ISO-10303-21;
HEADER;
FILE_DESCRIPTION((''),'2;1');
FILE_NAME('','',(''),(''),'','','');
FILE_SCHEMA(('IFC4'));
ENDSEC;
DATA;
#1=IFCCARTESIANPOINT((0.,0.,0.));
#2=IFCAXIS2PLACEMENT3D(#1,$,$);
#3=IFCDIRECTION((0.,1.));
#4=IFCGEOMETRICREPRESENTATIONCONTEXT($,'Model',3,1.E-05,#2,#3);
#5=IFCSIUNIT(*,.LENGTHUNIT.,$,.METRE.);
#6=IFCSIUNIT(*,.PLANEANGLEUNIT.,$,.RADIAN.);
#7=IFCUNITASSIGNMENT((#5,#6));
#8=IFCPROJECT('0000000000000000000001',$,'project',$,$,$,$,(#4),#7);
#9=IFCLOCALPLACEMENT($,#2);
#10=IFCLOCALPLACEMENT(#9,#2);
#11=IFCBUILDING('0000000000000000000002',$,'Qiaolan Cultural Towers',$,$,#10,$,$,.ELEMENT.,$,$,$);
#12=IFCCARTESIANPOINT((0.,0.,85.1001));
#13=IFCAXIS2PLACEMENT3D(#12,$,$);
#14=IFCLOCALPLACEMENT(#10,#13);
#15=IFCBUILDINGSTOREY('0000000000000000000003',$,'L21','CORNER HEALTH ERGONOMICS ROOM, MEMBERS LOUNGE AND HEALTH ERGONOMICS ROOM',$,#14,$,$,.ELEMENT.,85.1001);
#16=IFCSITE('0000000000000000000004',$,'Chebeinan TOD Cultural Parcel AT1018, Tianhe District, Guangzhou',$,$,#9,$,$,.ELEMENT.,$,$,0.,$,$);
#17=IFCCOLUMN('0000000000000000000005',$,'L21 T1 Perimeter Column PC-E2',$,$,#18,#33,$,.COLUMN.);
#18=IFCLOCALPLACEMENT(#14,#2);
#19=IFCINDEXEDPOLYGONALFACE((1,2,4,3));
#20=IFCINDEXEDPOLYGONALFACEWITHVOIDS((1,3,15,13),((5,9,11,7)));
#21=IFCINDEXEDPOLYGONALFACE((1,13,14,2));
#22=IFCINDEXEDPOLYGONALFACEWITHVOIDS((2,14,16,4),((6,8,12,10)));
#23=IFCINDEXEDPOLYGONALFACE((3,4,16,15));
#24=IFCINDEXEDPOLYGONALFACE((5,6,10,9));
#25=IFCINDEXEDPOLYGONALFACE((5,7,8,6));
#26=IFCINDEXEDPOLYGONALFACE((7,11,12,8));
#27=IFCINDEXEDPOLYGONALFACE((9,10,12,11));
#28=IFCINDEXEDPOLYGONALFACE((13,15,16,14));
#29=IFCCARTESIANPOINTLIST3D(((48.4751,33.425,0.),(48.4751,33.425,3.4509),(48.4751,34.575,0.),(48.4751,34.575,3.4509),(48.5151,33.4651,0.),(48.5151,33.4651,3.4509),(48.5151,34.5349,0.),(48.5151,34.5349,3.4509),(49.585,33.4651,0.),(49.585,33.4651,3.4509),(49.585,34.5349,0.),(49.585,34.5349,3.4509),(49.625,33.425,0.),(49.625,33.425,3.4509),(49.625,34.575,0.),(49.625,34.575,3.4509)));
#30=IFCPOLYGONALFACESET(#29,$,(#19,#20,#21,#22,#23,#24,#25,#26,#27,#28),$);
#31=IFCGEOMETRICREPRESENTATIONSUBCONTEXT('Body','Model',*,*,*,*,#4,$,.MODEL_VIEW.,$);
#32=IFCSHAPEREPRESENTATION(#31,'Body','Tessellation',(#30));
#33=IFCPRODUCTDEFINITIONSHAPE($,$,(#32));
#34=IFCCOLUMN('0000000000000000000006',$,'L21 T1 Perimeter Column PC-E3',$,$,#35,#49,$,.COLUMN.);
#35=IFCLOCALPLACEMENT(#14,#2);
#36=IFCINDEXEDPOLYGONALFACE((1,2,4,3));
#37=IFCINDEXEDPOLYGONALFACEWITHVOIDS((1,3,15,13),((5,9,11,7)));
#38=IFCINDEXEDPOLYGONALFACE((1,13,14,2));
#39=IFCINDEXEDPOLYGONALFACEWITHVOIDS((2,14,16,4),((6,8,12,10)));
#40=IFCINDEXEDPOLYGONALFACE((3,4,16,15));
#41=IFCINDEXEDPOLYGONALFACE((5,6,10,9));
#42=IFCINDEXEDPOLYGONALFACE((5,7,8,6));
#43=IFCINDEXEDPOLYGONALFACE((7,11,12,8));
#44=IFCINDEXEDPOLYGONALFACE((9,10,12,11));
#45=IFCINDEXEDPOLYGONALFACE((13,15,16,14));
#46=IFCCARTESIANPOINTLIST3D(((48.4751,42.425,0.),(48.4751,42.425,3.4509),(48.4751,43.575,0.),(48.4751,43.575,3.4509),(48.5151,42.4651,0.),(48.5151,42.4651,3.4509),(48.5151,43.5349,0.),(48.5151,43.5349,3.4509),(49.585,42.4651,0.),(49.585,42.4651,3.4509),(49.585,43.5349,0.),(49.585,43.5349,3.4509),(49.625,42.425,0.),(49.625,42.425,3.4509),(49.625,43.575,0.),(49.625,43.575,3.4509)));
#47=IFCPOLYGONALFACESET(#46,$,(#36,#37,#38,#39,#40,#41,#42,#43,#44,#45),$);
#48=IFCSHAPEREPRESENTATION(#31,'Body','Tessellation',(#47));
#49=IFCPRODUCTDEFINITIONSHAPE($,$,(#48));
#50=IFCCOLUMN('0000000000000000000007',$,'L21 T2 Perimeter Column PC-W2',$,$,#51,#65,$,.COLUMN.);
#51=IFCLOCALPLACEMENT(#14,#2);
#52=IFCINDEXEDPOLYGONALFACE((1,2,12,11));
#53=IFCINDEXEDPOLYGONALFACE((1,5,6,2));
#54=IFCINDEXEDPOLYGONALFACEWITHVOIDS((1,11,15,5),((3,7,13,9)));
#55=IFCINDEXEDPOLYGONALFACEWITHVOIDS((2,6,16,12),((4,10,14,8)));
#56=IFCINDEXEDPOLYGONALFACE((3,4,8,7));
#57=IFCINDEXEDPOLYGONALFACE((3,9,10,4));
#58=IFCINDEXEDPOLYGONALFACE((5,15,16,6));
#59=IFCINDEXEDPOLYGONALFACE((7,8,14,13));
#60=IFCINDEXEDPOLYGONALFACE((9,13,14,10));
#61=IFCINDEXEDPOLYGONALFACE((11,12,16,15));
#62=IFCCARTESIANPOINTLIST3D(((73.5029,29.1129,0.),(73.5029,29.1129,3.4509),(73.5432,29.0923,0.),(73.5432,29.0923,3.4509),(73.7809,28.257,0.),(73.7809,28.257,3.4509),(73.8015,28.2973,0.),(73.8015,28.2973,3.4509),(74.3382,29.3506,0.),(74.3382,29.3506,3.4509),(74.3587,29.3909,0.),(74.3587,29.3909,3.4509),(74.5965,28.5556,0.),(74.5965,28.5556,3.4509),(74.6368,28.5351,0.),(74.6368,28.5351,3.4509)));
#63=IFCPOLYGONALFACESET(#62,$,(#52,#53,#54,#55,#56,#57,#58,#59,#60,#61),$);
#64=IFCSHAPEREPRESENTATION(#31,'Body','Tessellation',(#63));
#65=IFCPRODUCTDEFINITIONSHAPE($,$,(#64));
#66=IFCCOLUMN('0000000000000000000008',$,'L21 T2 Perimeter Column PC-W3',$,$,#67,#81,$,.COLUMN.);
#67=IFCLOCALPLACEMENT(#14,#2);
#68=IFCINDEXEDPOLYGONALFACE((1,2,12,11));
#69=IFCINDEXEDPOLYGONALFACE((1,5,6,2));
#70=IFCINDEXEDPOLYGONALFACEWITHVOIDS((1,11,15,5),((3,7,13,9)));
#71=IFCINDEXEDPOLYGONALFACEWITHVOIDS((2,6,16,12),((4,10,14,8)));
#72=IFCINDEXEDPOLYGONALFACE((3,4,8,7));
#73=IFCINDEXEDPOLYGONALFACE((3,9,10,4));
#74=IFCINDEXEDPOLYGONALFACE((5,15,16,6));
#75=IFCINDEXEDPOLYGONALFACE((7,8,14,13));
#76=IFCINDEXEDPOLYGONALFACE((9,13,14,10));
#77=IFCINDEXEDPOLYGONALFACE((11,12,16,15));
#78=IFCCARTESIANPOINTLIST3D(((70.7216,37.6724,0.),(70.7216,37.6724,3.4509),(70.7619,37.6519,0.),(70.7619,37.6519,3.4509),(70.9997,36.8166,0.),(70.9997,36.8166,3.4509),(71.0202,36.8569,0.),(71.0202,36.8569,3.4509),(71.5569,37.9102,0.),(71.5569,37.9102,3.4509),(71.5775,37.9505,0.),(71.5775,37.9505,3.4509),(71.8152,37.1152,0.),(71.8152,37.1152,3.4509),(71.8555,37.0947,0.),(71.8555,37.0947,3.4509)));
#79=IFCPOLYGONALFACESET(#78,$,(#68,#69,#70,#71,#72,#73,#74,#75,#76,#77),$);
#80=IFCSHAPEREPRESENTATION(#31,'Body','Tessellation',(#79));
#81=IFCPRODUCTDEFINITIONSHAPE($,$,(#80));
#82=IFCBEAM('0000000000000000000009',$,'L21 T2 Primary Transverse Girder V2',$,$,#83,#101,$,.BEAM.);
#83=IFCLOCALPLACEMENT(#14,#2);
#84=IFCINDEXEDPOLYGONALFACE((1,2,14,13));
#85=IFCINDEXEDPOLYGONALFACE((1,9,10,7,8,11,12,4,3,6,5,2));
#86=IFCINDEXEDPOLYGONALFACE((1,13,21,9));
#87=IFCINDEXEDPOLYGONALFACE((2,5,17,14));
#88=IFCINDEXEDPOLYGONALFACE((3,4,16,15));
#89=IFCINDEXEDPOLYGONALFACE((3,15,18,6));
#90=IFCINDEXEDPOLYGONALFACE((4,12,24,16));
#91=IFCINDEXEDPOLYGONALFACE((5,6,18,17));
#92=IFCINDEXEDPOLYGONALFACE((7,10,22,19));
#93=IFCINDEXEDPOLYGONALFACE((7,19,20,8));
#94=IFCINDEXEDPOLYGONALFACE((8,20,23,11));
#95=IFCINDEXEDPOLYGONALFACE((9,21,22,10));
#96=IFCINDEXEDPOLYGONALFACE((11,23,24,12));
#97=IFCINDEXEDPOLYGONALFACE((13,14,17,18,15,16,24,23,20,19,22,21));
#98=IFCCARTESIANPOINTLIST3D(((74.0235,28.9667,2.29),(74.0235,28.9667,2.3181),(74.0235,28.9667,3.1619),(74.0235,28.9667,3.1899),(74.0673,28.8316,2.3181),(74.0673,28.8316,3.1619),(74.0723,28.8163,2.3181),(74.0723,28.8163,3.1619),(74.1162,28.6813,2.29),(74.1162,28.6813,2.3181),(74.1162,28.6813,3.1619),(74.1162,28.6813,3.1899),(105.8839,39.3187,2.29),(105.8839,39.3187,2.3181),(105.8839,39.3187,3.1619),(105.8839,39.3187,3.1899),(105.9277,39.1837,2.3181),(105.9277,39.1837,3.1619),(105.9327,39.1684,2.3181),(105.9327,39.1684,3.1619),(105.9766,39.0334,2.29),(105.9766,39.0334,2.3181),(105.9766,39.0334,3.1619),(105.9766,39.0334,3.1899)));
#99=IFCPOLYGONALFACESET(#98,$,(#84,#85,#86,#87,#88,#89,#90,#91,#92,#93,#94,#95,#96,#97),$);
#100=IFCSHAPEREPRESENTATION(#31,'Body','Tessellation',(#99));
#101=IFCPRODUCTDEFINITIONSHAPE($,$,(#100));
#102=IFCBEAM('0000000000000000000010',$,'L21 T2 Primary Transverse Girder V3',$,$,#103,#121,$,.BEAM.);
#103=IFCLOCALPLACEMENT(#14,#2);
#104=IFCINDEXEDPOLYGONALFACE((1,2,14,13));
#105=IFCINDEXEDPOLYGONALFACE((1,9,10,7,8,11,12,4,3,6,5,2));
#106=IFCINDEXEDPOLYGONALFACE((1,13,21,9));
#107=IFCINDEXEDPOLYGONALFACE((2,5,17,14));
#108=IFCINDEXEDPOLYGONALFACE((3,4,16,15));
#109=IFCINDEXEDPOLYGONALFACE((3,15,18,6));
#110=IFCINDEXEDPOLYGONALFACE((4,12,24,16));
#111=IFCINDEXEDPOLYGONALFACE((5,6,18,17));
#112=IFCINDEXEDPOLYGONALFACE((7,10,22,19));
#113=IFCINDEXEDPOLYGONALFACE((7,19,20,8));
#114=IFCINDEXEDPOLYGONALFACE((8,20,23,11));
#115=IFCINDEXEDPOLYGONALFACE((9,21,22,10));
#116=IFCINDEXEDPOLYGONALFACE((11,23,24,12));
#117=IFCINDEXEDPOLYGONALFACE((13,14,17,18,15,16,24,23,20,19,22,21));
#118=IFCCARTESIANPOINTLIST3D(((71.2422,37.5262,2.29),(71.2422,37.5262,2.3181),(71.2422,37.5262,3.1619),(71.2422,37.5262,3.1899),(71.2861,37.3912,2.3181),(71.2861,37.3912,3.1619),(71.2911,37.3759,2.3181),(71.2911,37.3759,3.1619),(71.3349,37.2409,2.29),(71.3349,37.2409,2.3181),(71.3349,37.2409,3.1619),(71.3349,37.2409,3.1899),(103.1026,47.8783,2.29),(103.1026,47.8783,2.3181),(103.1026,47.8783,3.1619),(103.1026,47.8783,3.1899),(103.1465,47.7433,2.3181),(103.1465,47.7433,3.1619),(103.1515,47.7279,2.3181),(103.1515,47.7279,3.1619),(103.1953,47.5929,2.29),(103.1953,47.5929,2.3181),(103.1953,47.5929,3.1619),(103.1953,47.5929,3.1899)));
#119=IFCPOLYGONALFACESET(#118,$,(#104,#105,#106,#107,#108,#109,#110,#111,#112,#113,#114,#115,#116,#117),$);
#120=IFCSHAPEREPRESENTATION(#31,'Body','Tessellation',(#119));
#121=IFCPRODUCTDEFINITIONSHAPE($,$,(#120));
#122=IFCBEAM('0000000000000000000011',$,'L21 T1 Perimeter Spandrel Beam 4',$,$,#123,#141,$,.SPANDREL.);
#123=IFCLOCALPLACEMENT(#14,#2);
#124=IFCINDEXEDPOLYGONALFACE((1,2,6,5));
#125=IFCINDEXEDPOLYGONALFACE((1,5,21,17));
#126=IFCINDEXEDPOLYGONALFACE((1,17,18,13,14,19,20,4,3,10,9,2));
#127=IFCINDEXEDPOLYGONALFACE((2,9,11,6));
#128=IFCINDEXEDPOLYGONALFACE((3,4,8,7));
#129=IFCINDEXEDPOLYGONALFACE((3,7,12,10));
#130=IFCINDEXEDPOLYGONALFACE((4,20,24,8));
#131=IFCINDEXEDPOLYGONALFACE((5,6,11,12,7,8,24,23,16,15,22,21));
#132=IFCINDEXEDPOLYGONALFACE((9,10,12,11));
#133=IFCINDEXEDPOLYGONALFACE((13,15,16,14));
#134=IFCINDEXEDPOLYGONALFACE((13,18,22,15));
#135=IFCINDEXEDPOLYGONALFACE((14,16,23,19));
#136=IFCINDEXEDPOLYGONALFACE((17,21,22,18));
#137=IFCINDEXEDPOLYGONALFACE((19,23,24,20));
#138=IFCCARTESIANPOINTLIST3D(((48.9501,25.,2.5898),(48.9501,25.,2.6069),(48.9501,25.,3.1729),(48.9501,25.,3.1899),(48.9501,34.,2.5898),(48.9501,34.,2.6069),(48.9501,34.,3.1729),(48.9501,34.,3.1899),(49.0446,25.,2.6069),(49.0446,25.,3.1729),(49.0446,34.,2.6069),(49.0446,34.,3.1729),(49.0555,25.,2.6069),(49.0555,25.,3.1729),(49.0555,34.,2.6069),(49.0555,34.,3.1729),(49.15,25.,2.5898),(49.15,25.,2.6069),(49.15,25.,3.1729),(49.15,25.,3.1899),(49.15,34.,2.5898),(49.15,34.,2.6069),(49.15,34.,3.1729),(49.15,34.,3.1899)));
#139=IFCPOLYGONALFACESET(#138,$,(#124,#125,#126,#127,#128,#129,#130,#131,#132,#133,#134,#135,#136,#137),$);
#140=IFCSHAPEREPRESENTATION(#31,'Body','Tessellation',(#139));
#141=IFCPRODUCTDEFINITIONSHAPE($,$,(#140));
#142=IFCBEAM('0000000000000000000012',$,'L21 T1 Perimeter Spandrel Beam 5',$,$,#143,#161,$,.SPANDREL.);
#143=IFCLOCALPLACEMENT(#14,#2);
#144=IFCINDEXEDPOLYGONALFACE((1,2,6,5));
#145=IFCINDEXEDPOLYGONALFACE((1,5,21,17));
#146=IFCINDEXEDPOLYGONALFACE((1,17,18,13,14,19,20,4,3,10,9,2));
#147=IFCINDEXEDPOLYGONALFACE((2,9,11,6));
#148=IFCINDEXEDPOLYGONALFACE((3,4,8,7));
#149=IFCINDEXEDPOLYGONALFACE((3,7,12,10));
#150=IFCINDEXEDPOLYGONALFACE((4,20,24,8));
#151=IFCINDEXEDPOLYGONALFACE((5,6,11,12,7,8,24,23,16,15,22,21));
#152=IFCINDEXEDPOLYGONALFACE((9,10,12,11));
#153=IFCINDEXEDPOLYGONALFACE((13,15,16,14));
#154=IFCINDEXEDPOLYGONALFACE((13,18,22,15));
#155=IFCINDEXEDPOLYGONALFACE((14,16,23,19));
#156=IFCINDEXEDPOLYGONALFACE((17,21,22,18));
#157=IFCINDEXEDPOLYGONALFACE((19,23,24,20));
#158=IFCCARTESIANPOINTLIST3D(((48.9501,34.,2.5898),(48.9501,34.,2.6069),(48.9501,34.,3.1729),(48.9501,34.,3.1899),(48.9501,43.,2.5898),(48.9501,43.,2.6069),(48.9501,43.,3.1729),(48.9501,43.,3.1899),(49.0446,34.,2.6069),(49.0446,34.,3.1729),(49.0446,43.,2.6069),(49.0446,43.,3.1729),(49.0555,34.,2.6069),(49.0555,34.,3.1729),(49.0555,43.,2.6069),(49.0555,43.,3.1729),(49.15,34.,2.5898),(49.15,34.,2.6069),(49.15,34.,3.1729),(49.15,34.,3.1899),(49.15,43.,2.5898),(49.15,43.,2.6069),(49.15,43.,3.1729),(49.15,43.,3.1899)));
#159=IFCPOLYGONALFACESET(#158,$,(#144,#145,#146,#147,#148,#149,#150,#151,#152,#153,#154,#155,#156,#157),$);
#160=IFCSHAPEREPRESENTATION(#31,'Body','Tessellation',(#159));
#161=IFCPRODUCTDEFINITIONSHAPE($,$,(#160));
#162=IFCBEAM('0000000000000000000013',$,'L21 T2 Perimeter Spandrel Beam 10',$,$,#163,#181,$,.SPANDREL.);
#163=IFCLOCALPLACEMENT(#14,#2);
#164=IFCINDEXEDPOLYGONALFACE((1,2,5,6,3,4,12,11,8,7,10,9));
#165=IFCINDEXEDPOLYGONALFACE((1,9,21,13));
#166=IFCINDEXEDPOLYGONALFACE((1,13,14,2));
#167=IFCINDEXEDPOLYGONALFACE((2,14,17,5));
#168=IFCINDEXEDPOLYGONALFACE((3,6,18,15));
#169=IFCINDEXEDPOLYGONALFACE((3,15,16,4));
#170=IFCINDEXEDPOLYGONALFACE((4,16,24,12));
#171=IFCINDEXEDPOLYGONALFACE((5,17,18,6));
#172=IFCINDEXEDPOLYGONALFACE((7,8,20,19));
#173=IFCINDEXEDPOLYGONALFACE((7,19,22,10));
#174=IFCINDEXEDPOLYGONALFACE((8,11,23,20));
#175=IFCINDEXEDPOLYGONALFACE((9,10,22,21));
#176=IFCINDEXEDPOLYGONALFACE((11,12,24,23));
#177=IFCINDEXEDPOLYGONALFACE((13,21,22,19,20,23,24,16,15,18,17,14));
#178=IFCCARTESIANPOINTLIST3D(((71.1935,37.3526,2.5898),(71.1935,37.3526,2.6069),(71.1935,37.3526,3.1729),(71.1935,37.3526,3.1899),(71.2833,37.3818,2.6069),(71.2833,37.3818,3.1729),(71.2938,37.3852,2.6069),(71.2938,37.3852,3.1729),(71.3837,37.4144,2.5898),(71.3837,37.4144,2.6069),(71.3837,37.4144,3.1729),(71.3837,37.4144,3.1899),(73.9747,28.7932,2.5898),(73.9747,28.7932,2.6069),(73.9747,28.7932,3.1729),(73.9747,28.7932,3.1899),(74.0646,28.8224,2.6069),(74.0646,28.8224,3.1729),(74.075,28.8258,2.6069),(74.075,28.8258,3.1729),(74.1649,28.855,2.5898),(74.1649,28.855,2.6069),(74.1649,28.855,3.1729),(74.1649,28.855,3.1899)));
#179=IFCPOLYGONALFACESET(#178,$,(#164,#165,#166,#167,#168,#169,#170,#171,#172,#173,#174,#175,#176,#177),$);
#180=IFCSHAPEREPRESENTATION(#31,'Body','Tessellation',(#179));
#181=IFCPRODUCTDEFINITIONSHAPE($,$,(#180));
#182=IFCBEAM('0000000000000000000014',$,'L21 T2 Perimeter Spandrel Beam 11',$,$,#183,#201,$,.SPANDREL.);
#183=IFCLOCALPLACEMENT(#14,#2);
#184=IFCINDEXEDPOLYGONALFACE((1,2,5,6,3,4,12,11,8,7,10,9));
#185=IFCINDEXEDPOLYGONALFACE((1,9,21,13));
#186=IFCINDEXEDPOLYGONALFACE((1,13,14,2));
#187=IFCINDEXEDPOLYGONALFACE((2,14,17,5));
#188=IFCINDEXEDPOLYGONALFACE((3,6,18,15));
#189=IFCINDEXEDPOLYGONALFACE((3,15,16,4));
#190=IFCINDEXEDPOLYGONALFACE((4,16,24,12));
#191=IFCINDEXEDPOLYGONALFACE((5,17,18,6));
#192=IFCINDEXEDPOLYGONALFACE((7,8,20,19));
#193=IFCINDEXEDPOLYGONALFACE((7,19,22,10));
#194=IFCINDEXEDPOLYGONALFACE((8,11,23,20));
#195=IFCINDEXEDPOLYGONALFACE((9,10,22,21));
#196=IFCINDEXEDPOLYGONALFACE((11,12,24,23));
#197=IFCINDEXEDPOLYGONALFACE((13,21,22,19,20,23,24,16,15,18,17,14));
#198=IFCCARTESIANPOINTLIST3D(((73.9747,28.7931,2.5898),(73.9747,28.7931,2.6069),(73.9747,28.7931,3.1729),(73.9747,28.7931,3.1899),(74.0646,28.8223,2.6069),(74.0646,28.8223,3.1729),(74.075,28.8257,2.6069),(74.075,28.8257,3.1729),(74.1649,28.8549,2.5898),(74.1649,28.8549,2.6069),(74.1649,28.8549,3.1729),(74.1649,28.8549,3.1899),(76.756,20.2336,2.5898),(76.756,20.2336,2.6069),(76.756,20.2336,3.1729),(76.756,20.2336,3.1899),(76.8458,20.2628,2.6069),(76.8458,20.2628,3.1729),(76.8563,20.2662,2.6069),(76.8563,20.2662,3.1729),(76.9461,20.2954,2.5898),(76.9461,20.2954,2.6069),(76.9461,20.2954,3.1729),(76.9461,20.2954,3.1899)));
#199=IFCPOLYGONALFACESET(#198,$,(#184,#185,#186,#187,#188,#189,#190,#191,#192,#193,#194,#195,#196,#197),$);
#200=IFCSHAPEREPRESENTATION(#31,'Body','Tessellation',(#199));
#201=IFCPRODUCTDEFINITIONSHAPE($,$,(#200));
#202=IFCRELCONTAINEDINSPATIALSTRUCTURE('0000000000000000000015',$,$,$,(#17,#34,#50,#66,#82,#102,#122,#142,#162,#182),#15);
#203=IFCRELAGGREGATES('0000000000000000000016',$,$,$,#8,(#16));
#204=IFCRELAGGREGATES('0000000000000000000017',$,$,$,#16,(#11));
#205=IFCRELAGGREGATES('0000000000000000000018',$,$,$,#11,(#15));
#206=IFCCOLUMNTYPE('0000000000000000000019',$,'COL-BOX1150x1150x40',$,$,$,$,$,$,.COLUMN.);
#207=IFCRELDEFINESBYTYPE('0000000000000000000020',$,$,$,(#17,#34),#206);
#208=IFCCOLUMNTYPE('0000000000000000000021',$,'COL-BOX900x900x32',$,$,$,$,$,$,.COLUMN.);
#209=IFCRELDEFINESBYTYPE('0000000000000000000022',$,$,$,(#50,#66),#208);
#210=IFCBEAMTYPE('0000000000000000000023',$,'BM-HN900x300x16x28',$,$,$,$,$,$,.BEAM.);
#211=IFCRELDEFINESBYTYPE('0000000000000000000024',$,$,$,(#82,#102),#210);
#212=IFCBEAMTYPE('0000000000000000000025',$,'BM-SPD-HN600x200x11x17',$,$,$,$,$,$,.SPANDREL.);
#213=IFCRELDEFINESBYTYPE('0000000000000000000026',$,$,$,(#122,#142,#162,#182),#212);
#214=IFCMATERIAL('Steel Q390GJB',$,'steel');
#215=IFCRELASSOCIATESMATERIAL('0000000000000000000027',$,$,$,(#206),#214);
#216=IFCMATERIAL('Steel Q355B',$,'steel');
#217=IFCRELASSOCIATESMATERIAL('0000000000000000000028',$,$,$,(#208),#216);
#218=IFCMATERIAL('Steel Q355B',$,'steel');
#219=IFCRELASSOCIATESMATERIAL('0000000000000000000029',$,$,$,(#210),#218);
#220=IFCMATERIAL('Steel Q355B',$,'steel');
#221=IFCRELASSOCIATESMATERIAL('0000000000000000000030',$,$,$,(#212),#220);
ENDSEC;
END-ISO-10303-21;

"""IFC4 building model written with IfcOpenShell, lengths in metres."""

from ifc_helpers import new_model, si_unit, direction, frame, origin, origin_2d, place, context, subcontext, project, spatial, hollow_rectangle, i_section, extrude, material, material_profile, profile_set, type_object, element, save


model = new_model("IFC4")

# Units and contexts
model_context = context("Model", 3, precision=1e-05, world=origin(), true_north=direction((0.0, 1.0)))
body_context = subcontext(model_context, "Body", "Model", "MODEL_VIEW")
ifc_project = project(units=[si_unit("LENGTHUNIT", "METRE"), si_unit("PLANEANGLEUNIT", "RADIAN")], contexts=[model_context])

# Site, building, storey
site_placement = place(None, origin())
site = spatial("IfcSite", under=ifc_project, at=site_placement, Name="Chebeinan TOD Cultural Parcel AT1018, Tianhe District, Guangzhou", CompositionType="ELEMENT", RefElevation=0.0)
building_placement = place(site_placement, origin())
building = spatial("IfcBuilding", under=site, at=building_placement, Name="Qiaolan Cultural Towers", CompositionType="ELEMENT")
storey_placement = place(building_placement, frame((0.0, 0.0, 85.1001)))
storey = spatial("IfcBuildingStorey", under=building, at=storey_placement, Name="L21", Description="CORNER HEALTH ERGONOMICS ROOM, MEMBERS LOUNGE AND HEALTH ERGONOMICS ROOM", CompositionType="ELEMENT", Elevation=85.1001)

# Columns
ifc_material_1 = material(Name="Steel Q390GJB", Category="steel")
ifc_material_profile_1 = material_profile(ifc_material_1, hollow_rectangle(XDim=1.1499, YDim=1.1499, WallThickness=0.04, at=origin_2d()), Name="BOX1150x1150x40")
ifc_profile_set_1 = profile_set([ifc_material_profile_1], Name="Steel Q390GJB")
column_type_1 = type_object("IfcColumnType", Name="COL-BOX1150x1150x40", PredefinedType="COLUMN", material=ifc_profile_set_1)
for number, where, z_axis, x_axis, name in (
    (1, (49.05, 34.0, 0.0), (0.0, 0.0, 1.0), (1.0, 0.0, 0.0), "L21 T1 Perimeter Column PC-E2"),
    (2, (49.05, 43.0, 0.0), (0.0, 0.0, 1.0), (1.0, 0.0, 0.0), "L21 T1 Perimeter Column PC-E3"),
):
    element("IfcColumn", number, at=place(storey_placement, frame(where, z_axis=z_axis, x_axis=x_axis)), inside=storey, type_object=column_type_1, Name=name, PredefinedType="COLUMN", context=body_context, shape_type="SweptSolid", body=[
        extrude(hollow_rectangle(XDim=1.1499, YDim=1.1499, WallThickness=0.04, at=origin_2d()), origin(), (0.0, 0.0, 1.0), 3.4509),
    ])
ifc_material_2 = material(Name="Steel Q355B", Category="steel")
ifc_material_profile_2 = material_profile(ifc_material_2, hollow_rectangle(XDim=0.8999, YDim=0.8999, WallThickness=0.032, at=origin_2d()), Name="BOX900x900x32")
ifc_profile_set_2 = profile_set([ifc_material_profile_2], Name="Steel Q355B")
column_type_2 = type_object("IfcColumnType", Name="COL-BOX900x900x32", PredefinedType="COLUMN", material=ifc_profile_set_2)
for number, where, z_axis, x_axis, name in (
    (3, (74.0698, 28.824, 0.0), (0.0, 0.0, 1.0), (0.951057, 0.309017, 0.0), "L21 T2 Perimeter Column PC-W2"),
    (4, (71.2886, 37.3835, 0.0), (0.0, 0.0, 1.0), (0.951057, 0.309017, 0.0), "L21 T2 Perimeter Column PC-W3"),
):
    element("IfcColumn", number, at=place(storey_placement, frame(where, z_axis=z_axis, x_axis=x_axis)), inside=storey, type_object=column_type_2, Name=name, PredefinedType="COLUMN", context=body_context, shape_type="SweptSolid", body=[
        extrude(hollow_rectangle(XDim=0.8999, YDim=0.8999, WallThickness=0.032, at=origin_2d()), origin(), (0.0, 0.0, 1.0), 3.4509),
    ])

# Beams
ifc_material_3 = material(Name="Steel Q355B", Category="steel")
ifc_material_profile_3 = material_profile(ifc_material_3, i_section(OverallWidth=0.3, OverallDepth=0.8999, WebThickness=0.0161, FlangeThickness=0.0281, at=origin_2d()), Name="HN900x300x16x28")
ifc_profile_set_3 = profile_set([ifc_material_profile_3], Name="Steel Q355B")
beam_type_1 = type_object("IfcBeamType", Name="BM-HN900x300x16x28", PredefinedType="BEAM", material=ifc_profile_set_3)
for number, where, z_axis, x_axis, name in (
    (5, (74.0698, 28.824, 2.74), (0.951057, 0.309017, 0.0), (-0.309017, 0.951057, 0.0), "L21 T2 Primary Transverse Girder V2"),
    (6, (71.2886, 37.3835, 2.74), (0.951057, 0.309017, 0.0), (-0.309017, 0.951057, 0.0), "L21 T2 Primary Transverse Girder V3"),
):
    element("IfcBeam", number, at=place(storey_placement, frame(where, z_axis=z_axis, x_axis=x_axis)), inside=storey, type_object=beam_type_1, Name=name, PredefinedType="BEAM", context=body_context, shape_type="SweptSolid", body=[
        extrude(i_section(OverallWidth=0.3, OverallDepth=0.8999, WebThickness=0.0161, FlangeThickness=0.0281, at=origin_2d()), origin(), (0.0, 0.0, 1.0), 33.5),
    ])
ifc_material_4 = material(Name="Steel Q355B", Category="steel")
ifc_material_profile_4 = material_profile(ifc_material_4, i_section(OverallWidth=0.2, OverallDepth=0.6001, WebThickness=0.011, FlangeThickness=0.0171, at=origin_2d()), Name="HN600x200x11x17")
ifc_profile_set_4 = profile_set([ifc_material_profile_4], Name="Steel Q355B")
beam_type_2 = type_object("IfcBeamType", Name="BM-SPD-HN600x200x11x17", PredefinedType="SPANDREL", material=ifc_profile_set_4)
for number, where, z_axis, x_axis, name in (
    (7, (49.05, 25.0, 2.8899), (0.0, 1.0, 0.0), (-1.0, 0.0, 0.0), "L21 T1 Perimeter Spandrel Beam 4"),
    (8, (49.05, 34.0, 2.8899), (0.0, 1.0, 0.0), (-1.0, 0.0, 0.0), "L21 T1 Perimeter Spandrel Beam 5"),
    (9, (71.2886, 37.3835, 2.8899), (0.309025, -0.951054, 0.0), (0.951054, 0.309025, 0.0), "L21 T2 Perimeter Spandrel Beam 10"),
    (10, (74.0698, 28.824, 2.8899), (0.309025, -0.951054, 0.0), (0.951054, 0.309025, 0.0), "L21 T2 Perimeter Spandrel Beam 11"),
):
    element("IfcBeam", number, at=place(storey_placement, frame(where, z_axis=z_axis, x_axis=x_axis)), inside=storey, type_object=beam_type_2, Name=name, PredefinedType="SPANDREL", context=body_context, shape_type="SweptSolid", body=[
        extrude(i_section(OverallWidth=0.2, OverallDepth=0.6001, WebThickness=0.011, FlangeThickness=0.0171, at=origin_2d()), origin(), (0.0, 0.0, 1.0), 9.0),
    ])

save(model, "model.ifc")
